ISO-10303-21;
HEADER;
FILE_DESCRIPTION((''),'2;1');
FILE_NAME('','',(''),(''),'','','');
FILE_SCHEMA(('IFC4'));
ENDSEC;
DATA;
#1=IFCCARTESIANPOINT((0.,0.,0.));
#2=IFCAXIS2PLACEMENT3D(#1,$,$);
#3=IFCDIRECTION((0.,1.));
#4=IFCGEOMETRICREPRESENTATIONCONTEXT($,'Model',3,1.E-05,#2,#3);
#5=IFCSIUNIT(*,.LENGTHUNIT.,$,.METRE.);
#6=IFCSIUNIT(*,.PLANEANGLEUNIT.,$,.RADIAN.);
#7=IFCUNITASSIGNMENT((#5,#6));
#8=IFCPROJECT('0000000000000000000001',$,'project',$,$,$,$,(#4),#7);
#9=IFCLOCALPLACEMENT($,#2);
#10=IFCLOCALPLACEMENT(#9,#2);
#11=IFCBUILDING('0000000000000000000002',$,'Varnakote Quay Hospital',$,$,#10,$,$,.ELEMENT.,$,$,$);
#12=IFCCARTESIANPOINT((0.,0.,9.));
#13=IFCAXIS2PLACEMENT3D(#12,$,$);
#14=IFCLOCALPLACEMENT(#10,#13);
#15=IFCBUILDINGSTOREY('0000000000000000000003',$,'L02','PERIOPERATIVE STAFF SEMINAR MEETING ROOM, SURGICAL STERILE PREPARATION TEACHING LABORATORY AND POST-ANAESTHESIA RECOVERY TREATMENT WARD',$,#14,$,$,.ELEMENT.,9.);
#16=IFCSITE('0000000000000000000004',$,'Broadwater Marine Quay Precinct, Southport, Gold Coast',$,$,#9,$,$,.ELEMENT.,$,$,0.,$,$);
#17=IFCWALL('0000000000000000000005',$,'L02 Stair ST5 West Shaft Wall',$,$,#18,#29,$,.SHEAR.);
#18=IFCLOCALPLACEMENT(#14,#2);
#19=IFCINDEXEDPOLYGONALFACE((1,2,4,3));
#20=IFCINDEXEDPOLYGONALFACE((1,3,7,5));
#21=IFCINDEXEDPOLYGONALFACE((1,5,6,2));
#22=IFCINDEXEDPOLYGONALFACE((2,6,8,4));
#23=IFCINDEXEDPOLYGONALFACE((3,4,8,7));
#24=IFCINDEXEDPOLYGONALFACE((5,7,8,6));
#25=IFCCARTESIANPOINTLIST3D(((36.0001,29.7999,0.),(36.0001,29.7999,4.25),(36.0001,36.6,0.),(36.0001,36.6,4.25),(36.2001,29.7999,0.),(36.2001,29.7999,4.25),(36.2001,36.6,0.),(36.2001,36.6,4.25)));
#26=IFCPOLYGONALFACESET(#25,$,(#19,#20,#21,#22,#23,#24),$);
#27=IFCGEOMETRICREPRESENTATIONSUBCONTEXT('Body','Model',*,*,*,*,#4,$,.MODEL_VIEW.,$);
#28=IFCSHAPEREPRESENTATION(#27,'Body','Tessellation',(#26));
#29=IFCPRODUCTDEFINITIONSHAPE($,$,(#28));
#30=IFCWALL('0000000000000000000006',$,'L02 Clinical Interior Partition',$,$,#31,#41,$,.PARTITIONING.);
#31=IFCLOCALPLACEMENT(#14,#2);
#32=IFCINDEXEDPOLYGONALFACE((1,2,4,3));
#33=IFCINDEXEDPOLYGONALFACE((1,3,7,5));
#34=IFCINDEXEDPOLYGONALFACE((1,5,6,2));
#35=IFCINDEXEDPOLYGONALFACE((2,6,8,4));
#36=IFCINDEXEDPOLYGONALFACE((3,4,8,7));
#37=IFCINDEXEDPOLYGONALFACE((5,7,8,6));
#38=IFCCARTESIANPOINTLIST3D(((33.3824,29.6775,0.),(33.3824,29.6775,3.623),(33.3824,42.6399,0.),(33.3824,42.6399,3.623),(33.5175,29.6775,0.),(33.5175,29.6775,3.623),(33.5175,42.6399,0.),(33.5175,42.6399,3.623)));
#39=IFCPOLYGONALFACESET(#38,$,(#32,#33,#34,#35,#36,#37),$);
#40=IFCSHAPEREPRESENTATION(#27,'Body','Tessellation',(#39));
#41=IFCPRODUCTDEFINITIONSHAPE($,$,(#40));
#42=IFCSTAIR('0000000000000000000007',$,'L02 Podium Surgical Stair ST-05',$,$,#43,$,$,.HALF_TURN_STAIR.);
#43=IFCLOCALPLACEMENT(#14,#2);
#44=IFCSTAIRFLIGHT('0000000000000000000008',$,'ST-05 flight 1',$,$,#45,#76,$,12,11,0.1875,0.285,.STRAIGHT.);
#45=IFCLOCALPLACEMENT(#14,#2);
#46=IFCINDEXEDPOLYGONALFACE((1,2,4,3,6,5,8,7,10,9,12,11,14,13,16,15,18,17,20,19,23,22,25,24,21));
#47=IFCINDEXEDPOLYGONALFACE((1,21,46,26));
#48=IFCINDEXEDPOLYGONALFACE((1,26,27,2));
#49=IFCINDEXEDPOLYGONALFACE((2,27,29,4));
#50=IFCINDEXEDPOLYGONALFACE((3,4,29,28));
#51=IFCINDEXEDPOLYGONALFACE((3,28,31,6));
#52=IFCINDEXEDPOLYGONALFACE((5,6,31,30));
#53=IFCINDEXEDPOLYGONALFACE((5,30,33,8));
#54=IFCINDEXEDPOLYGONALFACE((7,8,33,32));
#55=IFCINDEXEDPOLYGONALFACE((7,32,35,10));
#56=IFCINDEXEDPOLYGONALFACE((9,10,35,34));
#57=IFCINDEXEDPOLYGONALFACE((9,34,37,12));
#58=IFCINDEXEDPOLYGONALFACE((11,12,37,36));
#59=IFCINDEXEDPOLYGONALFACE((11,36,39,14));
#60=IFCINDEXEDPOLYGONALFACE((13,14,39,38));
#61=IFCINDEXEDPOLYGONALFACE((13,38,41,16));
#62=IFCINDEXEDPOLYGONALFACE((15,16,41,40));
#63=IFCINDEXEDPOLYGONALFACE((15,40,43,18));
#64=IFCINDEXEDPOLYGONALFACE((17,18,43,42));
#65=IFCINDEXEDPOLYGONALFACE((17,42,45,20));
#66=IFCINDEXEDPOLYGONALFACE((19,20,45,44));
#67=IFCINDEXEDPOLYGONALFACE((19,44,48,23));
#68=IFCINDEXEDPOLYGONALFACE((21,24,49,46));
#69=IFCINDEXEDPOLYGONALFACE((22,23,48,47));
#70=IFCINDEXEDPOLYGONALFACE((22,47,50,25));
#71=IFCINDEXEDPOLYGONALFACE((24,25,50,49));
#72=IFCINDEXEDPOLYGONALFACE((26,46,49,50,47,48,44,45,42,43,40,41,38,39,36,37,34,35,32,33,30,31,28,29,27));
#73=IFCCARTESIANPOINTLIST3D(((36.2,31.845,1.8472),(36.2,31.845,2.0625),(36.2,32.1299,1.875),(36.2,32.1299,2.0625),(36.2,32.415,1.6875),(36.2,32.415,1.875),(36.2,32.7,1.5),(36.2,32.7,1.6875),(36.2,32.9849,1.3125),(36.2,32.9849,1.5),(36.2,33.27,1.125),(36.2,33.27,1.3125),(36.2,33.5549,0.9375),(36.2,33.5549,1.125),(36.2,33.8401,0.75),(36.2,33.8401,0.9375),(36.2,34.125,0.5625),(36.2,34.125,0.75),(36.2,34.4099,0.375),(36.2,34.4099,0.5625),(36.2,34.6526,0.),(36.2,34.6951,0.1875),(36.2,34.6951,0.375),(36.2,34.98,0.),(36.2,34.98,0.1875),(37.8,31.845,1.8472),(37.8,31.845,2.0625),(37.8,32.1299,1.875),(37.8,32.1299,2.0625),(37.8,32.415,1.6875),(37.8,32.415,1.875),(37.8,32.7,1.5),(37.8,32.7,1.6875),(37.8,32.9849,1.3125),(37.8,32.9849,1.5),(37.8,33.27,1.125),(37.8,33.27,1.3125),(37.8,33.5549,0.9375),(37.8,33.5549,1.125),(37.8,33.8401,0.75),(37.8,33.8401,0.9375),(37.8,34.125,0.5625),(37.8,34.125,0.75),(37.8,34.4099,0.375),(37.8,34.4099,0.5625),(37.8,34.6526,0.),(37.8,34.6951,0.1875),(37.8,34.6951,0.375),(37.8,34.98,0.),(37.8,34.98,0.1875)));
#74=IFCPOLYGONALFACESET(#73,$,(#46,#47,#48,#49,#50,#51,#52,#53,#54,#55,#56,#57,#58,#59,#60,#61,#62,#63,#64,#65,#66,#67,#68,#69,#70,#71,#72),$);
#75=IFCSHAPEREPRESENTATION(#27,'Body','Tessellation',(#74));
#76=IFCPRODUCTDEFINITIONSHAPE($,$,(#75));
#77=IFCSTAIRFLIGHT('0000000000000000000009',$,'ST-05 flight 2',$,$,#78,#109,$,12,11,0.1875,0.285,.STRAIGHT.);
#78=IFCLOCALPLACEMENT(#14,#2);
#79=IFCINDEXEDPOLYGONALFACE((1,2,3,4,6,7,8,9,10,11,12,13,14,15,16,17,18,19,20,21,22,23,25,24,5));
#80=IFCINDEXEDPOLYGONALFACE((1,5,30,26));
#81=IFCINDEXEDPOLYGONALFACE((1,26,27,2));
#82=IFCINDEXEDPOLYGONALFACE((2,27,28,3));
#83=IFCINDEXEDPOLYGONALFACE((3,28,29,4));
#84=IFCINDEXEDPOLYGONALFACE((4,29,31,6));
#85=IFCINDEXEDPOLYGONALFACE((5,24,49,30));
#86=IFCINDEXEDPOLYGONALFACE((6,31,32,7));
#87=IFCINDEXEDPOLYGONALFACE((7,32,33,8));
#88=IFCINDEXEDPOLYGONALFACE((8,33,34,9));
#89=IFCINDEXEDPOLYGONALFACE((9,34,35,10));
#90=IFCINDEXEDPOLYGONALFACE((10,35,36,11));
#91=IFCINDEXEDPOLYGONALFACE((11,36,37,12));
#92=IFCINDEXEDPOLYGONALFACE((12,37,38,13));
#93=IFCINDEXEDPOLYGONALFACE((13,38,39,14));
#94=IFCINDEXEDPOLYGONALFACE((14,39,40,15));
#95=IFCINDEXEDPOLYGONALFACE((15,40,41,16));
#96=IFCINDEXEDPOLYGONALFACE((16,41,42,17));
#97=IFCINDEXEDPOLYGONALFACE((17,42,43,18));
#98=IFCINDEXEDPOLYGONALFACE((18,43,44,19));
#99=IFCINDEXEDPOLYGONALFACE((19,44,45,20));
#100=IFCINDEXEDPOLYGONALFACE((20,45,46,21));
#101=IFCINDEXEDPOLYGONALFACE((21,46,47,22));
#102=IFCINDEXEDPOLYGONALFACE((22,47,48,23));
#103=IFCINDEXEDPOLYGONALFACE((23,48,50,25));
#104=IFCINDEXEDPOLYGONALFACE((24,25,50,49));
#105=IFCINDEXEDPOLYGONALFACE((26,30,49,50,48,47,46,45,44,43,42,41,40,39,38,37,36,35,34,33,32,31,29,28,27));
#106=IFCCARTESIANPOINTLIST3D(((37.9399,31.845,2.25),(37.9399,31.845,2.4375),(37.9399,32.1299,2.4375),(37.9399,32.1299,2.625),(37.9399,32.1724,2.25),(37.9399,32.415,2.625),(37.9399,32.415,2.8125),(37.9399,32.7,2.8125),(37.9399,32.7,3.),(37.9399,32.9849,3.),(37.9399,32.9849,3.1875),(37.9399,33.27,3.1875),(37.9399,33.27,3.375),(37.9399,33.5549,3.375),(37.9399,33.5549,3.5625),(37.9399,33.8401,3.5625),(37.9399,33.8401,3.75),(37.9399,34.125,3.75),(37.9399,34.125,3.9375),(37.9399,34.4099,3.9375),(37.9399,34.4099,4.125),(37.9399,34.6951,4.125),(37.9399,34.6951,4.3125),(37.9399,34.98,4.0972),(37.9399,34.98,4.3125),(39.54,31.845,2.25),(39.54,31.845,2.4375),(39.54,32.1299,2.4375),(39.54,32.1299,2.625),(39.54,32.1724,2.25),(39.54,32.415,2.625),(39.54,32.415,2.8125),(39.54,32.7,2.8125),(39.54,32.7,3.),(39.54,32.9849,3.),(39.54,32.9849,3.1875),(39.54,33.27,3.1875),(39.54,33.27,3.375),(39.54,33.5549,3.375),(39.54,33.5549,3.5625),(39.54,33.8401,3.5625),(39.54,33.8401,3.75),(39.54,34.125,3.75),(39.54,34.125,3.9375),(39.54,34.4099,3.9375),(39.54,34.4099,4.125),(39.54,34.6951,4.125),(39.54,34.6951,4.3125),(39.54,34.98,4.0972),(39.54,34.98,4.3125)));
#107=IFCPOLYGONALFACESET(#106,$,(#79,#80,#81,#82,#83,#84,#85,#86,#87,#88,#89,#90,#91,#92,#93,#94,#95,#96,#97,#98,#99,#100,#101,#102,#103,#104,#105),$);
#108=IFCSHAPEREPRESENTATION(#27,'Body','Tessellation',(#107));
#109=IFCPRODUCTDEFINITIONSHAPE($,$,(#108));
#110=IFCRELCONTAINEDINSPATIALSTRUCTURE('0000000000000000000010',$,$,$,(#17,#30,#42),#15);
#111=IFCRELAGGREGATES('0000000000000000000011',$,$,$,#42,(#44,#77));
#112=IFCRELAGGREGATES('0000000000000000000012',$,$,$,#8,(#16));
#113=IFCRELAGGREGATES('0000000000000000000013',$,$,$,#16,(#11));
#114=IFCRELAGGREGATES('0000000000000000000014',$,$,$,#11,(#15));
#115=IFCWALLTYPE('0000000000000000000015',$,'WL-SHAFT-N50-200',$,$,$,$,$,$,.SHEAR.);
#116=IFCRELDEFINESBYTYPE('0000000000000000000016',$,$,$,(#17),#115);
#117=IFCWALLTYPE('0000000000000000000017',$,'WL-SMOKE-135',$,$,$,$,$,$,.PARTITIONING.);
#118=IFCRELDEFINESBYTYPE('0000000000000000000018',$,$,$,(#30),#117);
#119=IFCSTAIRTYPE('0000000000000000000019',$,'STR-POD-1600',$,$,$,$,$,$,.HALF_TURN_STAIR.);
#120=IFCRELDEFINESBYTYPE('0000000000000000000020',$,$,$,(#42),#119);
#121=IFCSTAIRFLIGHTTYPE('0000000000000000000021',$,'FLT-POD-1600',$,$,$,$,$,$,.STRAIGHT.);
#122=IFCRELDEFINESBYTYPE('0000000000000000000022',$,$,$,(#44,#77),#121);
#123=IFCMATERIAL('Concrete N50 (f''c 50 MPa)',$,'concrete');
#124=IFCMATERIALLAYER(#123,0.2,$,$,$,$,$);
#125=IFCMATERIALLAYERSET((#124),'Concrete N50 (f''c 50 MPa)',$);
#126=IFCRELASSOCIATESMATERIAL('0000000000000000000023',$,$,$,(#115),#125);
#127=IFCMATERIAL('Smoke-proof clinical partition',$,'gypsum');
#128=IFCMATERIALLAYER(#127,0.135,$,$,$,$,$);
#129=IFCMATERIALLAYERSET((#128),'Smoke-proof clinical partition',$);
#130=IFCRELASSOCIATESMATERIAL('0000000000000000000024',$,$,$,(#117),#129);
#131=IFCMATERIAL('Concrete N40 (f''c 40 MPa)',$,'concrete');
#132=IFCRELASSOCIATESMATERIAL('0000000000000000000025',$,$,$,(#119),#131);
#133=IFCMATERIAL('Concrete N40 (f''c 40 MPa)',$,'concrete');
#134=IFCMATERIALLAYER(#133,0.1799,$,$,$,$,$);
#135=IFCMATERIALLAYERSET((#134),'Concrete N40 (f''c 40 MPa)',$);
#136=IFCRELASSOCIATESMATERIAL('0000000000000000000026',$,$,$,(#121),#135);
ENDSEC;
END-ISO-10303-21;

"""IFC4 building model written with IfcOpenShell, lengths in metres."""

from ifc_helpers import new_model, si_unit, direction, frame, frame_2d, origin, place, context, subcontext, project, spatial, polyline, rectangle, outline, extrude, material, layer, layer_set, type_object, element, aggregate, save


model = new_model("IFC4")

# Units and contexts
model_context = context("Model", 3, precision=1e-05, world=origin(), true_north=direction((0.0, 1.0)))
body_context = subcontext(model_context, "Body", "Model", "MODEL_VIEW")
ifc_project = project(units=[si_unit("LENGTHUNIT", "METRE"), si_unit("PLANEANGLEUNIT", "RADIAN")], contexts=[model_context])

# Site, building, storey
site_placement = place(None, origin())
site = spatial("IfcSite", under=ifc_project, at=site_placement, Name="Broadwater Marine Quay Precinct, Southport, Gold Coast", CompositionType="ELEMENT", RefElevation=0.0)
building_placement = place(site_placement, origin())
building = spatial("IfcBuilding", under=site, at=building_placement, Name="Varnakote Quay Hospital", CompositionType="ELEMENT")
storey_placement = place(building_placement, frame((0.0, 0.0, 9.0)))
storey = spatial("IfcBuildingStorey", under=building, at=storey_placement, Name="L02", Description="PERIOPERATIVE STAFF SEMINAR MEETING ROOM, SURGICAL STERILE PREPARATION TEACHING LABORATORY AND POST-ANAESTHESIA RECOVERY TREATMENT WARD", CompositionType="ELEMENT", Elevation=9.0)

# Wall
ifc_material_1 = material(Name="Concrete N50 (f'c 50 MPa)", Category="concrete")
ifc_layer_1 = layer(ifc_material_1, 0.2)
ifc_layer_set_1 = layer_set([ifc_layer_1], Name="Concrete N50 (f'c 50 MPa)")
wall_type_1 = type_object("IfcWallType", Name="WL-SHAFT-N50-200", PredefinedType="SHEAR", material=ifc_layer_set_1)
wall_1_placement = place(storey_placement, frame((36.1001, 29.8, 0.0), z_axis=(0.0, 0.0, 1.0), x_axis=(0.0, 1.0, 0.0)))
element("IfcWall", 1, at=wall_1_placement, inside=storey, type_object=wall_type_1, Name="L02 Stair ST5 West Shaft Wall", PredefinedType="SHEAR", context=body_context, shape_type="SweptSolid", body=[
    extrude(rectangle(XDim=6.8, YDim=0.2, at=frame_2d((3.3999, 0.0))), origin(), (0.0, 0.0, 1.0), 4.25),
])

# Wall
ifc_material_2 = material(Name="Smoke-proof clinical partition", Category="gypsum")
ifc_layer_2 = layer(ifc_material_2, 0.135)
ifc_layer_set_2 = layer_set([ifc_layer_2], Name="Smoke-proof clinical partition")
wall_type_2 = type_object("IfcWallType", Name="WL-SMOKE-135", PredefinedType="PARTITIONING", material=ifc_layer_set_2)
wall_2_placement = place(storey_placement, frame((33.45, 29.6775, 0.0), z_axis=(0.0, 0.0, 1.0), x_axis=(0.0, 1.0, 0.0)))
element("IfcWall", 2, at=wall_2_placement, inside=storey, type_object=wall_type_2, Name="L02 Clinical Interior Partition", PredefinedType="PARTITIONING", context=body_context, shape_type="SweptSolid", body=[
    extrude(rectangle(XDim=12.9624, YDim=0.135, at=frame_2d((6.4812, 0.0))), origin(), (0.0, 0.0, 1.0), 3.623),
])

# Stair, stair flights
ifc_material_3 = material(Name="Concrete N40 (f'c 40 MPa)", Category="concrete")
stair_type = type_object("IfcStairType", Name="STR-POD-1600", PredefinedType="HALF_TURN_STAIR", material=ifc_material_3)
stair_placement = place(storey_placement, origin())
stair = element("IfcStair", 3, at=stair_placement, inside=storey, type_object=stair_type, Name="L02 Podium Surgical Stair ST-05", PredefinedType="HALF_TURN_STAIR")
ifc_material_4 = material(Name="Concrete N40 (f'c 40 MPa)", Category="concrete")
ifc_layer_3 = layer(ifc_material_4, 0.1799)
ifc_layer_set_3 = layer_set([ifc_layer_3], Name="Concrete N40 (f'c 40 MPa)")
stair_flight_type = type_object("IfcStairFlightType", Name="FLT-POD-1600", PredefinedType="STRAIGHT", material=ifc_layer_set_3)
stair_flight_1_placement = place(storey_placement, frame((37.0, 34.98, 0.0), z_axis=(0.0, 0.0, 1.0), x_axis=(0.0, -1.0, 0.0)))
stair_flight_1 = element("IfcStairFlight", 4, at=stair_flight_1_placement, type_object=stair_flight_type, Name="ST-05 flight 1", NumberOfRisers=12, NumberOfTreads=11, PredefinedType="STRAIGHT", RiserHeight=0.1875, TreadLength=0.285, context=body_context, shape_type="SweptSolid", body=[
    extrude(outline(polyline([(0.0, 0.0), (0.0, 0.1875), (0.2849, 0.1875), (0.2849, 0.375), (0.5701, 0.375), (0.5701, 0.5625), (0.855, 0.5625), (0.855, 0.75), (1.1399, 0.75), (1.1399, 0.9375), (1.425, 0.9375), (1.425, 1.125), (1.71, 1.125), (1.71, 1.3125), (1.9951, 1.3125), (1.9951, 1.5), (2.28, 1.5), (2.28, 1.6875), (2.5649, 1.6875), (2.5649, 1.875), (2.8501, 1.875), (2.8501, 2.0625), (3.135, 2.0625), (3.135, 2.25), (3.135, 1.8472), (0.3274, 0.0), (0.0, 0.0)])), frame((0.0, 0.8, 0.0), z_axis=(0.0, -1.0, 0.0), x_axis=(1.0, 0.0, 0.0)), (0.0, 0.0, 1.0), 1.6001),
])
stair_flight_2_placement = place(storey_placement, frame((38.74, 31.845, 2.25), z_axis=(0.0, 0.0, 1.0), x_axis=(0.0, 1.0, 0.0)))
stair_flight_2 = element("IfcStairFlight", 5, at=stair_flight_2_placement, type_object=stair_flight_type, Name="ST-05 flight 2", NumberOfRisers=12, NumberOfTreads=11, PredefinedType="STRAIGHT", RiserHeight=0.1875, TreadLength=0.285, context=body_context, shape_type="SweptSolid", body=[
    extrude(outline(polyline([(0.0, 0.0), (0.0, 0.1875), (0.2849, 0.1875), (0.2849, 0.375), (0.5701, 0.375), (0.5701, 0.5625), (0.855, 0.5625), (0.855, 0.75), (1.1399, 0.75), (1.1399, 0.9375), (1.425, 0.9375), (1.425, 1.125), (1.71, 1.125), (1.71, 1.3125), (1.9951, 1.3125), (1.9951, 1.5), (2.28, 1.5), (2.28, 1.6875), (2.5649, 1.6875), (2.5649, 1.875), (2.8501, 1.875), (2.8501, 2.0625), (3.135, 2.0625), (3.135, 2.25), (3.135, 1.8472), (0.3274, 0.0), (0.0, 0.0)])), frame((0.0, 0.8, 0.0), z_axis=(0.0, -1.0, 0.0), x_axis=(1.0, 0.0, 0.0)), (0.0, 0.0, 1.0), 1.6001),
])
aggregate(stair, [stair_flight_1, stair_flight_2])

save(model, "model.ifc")
